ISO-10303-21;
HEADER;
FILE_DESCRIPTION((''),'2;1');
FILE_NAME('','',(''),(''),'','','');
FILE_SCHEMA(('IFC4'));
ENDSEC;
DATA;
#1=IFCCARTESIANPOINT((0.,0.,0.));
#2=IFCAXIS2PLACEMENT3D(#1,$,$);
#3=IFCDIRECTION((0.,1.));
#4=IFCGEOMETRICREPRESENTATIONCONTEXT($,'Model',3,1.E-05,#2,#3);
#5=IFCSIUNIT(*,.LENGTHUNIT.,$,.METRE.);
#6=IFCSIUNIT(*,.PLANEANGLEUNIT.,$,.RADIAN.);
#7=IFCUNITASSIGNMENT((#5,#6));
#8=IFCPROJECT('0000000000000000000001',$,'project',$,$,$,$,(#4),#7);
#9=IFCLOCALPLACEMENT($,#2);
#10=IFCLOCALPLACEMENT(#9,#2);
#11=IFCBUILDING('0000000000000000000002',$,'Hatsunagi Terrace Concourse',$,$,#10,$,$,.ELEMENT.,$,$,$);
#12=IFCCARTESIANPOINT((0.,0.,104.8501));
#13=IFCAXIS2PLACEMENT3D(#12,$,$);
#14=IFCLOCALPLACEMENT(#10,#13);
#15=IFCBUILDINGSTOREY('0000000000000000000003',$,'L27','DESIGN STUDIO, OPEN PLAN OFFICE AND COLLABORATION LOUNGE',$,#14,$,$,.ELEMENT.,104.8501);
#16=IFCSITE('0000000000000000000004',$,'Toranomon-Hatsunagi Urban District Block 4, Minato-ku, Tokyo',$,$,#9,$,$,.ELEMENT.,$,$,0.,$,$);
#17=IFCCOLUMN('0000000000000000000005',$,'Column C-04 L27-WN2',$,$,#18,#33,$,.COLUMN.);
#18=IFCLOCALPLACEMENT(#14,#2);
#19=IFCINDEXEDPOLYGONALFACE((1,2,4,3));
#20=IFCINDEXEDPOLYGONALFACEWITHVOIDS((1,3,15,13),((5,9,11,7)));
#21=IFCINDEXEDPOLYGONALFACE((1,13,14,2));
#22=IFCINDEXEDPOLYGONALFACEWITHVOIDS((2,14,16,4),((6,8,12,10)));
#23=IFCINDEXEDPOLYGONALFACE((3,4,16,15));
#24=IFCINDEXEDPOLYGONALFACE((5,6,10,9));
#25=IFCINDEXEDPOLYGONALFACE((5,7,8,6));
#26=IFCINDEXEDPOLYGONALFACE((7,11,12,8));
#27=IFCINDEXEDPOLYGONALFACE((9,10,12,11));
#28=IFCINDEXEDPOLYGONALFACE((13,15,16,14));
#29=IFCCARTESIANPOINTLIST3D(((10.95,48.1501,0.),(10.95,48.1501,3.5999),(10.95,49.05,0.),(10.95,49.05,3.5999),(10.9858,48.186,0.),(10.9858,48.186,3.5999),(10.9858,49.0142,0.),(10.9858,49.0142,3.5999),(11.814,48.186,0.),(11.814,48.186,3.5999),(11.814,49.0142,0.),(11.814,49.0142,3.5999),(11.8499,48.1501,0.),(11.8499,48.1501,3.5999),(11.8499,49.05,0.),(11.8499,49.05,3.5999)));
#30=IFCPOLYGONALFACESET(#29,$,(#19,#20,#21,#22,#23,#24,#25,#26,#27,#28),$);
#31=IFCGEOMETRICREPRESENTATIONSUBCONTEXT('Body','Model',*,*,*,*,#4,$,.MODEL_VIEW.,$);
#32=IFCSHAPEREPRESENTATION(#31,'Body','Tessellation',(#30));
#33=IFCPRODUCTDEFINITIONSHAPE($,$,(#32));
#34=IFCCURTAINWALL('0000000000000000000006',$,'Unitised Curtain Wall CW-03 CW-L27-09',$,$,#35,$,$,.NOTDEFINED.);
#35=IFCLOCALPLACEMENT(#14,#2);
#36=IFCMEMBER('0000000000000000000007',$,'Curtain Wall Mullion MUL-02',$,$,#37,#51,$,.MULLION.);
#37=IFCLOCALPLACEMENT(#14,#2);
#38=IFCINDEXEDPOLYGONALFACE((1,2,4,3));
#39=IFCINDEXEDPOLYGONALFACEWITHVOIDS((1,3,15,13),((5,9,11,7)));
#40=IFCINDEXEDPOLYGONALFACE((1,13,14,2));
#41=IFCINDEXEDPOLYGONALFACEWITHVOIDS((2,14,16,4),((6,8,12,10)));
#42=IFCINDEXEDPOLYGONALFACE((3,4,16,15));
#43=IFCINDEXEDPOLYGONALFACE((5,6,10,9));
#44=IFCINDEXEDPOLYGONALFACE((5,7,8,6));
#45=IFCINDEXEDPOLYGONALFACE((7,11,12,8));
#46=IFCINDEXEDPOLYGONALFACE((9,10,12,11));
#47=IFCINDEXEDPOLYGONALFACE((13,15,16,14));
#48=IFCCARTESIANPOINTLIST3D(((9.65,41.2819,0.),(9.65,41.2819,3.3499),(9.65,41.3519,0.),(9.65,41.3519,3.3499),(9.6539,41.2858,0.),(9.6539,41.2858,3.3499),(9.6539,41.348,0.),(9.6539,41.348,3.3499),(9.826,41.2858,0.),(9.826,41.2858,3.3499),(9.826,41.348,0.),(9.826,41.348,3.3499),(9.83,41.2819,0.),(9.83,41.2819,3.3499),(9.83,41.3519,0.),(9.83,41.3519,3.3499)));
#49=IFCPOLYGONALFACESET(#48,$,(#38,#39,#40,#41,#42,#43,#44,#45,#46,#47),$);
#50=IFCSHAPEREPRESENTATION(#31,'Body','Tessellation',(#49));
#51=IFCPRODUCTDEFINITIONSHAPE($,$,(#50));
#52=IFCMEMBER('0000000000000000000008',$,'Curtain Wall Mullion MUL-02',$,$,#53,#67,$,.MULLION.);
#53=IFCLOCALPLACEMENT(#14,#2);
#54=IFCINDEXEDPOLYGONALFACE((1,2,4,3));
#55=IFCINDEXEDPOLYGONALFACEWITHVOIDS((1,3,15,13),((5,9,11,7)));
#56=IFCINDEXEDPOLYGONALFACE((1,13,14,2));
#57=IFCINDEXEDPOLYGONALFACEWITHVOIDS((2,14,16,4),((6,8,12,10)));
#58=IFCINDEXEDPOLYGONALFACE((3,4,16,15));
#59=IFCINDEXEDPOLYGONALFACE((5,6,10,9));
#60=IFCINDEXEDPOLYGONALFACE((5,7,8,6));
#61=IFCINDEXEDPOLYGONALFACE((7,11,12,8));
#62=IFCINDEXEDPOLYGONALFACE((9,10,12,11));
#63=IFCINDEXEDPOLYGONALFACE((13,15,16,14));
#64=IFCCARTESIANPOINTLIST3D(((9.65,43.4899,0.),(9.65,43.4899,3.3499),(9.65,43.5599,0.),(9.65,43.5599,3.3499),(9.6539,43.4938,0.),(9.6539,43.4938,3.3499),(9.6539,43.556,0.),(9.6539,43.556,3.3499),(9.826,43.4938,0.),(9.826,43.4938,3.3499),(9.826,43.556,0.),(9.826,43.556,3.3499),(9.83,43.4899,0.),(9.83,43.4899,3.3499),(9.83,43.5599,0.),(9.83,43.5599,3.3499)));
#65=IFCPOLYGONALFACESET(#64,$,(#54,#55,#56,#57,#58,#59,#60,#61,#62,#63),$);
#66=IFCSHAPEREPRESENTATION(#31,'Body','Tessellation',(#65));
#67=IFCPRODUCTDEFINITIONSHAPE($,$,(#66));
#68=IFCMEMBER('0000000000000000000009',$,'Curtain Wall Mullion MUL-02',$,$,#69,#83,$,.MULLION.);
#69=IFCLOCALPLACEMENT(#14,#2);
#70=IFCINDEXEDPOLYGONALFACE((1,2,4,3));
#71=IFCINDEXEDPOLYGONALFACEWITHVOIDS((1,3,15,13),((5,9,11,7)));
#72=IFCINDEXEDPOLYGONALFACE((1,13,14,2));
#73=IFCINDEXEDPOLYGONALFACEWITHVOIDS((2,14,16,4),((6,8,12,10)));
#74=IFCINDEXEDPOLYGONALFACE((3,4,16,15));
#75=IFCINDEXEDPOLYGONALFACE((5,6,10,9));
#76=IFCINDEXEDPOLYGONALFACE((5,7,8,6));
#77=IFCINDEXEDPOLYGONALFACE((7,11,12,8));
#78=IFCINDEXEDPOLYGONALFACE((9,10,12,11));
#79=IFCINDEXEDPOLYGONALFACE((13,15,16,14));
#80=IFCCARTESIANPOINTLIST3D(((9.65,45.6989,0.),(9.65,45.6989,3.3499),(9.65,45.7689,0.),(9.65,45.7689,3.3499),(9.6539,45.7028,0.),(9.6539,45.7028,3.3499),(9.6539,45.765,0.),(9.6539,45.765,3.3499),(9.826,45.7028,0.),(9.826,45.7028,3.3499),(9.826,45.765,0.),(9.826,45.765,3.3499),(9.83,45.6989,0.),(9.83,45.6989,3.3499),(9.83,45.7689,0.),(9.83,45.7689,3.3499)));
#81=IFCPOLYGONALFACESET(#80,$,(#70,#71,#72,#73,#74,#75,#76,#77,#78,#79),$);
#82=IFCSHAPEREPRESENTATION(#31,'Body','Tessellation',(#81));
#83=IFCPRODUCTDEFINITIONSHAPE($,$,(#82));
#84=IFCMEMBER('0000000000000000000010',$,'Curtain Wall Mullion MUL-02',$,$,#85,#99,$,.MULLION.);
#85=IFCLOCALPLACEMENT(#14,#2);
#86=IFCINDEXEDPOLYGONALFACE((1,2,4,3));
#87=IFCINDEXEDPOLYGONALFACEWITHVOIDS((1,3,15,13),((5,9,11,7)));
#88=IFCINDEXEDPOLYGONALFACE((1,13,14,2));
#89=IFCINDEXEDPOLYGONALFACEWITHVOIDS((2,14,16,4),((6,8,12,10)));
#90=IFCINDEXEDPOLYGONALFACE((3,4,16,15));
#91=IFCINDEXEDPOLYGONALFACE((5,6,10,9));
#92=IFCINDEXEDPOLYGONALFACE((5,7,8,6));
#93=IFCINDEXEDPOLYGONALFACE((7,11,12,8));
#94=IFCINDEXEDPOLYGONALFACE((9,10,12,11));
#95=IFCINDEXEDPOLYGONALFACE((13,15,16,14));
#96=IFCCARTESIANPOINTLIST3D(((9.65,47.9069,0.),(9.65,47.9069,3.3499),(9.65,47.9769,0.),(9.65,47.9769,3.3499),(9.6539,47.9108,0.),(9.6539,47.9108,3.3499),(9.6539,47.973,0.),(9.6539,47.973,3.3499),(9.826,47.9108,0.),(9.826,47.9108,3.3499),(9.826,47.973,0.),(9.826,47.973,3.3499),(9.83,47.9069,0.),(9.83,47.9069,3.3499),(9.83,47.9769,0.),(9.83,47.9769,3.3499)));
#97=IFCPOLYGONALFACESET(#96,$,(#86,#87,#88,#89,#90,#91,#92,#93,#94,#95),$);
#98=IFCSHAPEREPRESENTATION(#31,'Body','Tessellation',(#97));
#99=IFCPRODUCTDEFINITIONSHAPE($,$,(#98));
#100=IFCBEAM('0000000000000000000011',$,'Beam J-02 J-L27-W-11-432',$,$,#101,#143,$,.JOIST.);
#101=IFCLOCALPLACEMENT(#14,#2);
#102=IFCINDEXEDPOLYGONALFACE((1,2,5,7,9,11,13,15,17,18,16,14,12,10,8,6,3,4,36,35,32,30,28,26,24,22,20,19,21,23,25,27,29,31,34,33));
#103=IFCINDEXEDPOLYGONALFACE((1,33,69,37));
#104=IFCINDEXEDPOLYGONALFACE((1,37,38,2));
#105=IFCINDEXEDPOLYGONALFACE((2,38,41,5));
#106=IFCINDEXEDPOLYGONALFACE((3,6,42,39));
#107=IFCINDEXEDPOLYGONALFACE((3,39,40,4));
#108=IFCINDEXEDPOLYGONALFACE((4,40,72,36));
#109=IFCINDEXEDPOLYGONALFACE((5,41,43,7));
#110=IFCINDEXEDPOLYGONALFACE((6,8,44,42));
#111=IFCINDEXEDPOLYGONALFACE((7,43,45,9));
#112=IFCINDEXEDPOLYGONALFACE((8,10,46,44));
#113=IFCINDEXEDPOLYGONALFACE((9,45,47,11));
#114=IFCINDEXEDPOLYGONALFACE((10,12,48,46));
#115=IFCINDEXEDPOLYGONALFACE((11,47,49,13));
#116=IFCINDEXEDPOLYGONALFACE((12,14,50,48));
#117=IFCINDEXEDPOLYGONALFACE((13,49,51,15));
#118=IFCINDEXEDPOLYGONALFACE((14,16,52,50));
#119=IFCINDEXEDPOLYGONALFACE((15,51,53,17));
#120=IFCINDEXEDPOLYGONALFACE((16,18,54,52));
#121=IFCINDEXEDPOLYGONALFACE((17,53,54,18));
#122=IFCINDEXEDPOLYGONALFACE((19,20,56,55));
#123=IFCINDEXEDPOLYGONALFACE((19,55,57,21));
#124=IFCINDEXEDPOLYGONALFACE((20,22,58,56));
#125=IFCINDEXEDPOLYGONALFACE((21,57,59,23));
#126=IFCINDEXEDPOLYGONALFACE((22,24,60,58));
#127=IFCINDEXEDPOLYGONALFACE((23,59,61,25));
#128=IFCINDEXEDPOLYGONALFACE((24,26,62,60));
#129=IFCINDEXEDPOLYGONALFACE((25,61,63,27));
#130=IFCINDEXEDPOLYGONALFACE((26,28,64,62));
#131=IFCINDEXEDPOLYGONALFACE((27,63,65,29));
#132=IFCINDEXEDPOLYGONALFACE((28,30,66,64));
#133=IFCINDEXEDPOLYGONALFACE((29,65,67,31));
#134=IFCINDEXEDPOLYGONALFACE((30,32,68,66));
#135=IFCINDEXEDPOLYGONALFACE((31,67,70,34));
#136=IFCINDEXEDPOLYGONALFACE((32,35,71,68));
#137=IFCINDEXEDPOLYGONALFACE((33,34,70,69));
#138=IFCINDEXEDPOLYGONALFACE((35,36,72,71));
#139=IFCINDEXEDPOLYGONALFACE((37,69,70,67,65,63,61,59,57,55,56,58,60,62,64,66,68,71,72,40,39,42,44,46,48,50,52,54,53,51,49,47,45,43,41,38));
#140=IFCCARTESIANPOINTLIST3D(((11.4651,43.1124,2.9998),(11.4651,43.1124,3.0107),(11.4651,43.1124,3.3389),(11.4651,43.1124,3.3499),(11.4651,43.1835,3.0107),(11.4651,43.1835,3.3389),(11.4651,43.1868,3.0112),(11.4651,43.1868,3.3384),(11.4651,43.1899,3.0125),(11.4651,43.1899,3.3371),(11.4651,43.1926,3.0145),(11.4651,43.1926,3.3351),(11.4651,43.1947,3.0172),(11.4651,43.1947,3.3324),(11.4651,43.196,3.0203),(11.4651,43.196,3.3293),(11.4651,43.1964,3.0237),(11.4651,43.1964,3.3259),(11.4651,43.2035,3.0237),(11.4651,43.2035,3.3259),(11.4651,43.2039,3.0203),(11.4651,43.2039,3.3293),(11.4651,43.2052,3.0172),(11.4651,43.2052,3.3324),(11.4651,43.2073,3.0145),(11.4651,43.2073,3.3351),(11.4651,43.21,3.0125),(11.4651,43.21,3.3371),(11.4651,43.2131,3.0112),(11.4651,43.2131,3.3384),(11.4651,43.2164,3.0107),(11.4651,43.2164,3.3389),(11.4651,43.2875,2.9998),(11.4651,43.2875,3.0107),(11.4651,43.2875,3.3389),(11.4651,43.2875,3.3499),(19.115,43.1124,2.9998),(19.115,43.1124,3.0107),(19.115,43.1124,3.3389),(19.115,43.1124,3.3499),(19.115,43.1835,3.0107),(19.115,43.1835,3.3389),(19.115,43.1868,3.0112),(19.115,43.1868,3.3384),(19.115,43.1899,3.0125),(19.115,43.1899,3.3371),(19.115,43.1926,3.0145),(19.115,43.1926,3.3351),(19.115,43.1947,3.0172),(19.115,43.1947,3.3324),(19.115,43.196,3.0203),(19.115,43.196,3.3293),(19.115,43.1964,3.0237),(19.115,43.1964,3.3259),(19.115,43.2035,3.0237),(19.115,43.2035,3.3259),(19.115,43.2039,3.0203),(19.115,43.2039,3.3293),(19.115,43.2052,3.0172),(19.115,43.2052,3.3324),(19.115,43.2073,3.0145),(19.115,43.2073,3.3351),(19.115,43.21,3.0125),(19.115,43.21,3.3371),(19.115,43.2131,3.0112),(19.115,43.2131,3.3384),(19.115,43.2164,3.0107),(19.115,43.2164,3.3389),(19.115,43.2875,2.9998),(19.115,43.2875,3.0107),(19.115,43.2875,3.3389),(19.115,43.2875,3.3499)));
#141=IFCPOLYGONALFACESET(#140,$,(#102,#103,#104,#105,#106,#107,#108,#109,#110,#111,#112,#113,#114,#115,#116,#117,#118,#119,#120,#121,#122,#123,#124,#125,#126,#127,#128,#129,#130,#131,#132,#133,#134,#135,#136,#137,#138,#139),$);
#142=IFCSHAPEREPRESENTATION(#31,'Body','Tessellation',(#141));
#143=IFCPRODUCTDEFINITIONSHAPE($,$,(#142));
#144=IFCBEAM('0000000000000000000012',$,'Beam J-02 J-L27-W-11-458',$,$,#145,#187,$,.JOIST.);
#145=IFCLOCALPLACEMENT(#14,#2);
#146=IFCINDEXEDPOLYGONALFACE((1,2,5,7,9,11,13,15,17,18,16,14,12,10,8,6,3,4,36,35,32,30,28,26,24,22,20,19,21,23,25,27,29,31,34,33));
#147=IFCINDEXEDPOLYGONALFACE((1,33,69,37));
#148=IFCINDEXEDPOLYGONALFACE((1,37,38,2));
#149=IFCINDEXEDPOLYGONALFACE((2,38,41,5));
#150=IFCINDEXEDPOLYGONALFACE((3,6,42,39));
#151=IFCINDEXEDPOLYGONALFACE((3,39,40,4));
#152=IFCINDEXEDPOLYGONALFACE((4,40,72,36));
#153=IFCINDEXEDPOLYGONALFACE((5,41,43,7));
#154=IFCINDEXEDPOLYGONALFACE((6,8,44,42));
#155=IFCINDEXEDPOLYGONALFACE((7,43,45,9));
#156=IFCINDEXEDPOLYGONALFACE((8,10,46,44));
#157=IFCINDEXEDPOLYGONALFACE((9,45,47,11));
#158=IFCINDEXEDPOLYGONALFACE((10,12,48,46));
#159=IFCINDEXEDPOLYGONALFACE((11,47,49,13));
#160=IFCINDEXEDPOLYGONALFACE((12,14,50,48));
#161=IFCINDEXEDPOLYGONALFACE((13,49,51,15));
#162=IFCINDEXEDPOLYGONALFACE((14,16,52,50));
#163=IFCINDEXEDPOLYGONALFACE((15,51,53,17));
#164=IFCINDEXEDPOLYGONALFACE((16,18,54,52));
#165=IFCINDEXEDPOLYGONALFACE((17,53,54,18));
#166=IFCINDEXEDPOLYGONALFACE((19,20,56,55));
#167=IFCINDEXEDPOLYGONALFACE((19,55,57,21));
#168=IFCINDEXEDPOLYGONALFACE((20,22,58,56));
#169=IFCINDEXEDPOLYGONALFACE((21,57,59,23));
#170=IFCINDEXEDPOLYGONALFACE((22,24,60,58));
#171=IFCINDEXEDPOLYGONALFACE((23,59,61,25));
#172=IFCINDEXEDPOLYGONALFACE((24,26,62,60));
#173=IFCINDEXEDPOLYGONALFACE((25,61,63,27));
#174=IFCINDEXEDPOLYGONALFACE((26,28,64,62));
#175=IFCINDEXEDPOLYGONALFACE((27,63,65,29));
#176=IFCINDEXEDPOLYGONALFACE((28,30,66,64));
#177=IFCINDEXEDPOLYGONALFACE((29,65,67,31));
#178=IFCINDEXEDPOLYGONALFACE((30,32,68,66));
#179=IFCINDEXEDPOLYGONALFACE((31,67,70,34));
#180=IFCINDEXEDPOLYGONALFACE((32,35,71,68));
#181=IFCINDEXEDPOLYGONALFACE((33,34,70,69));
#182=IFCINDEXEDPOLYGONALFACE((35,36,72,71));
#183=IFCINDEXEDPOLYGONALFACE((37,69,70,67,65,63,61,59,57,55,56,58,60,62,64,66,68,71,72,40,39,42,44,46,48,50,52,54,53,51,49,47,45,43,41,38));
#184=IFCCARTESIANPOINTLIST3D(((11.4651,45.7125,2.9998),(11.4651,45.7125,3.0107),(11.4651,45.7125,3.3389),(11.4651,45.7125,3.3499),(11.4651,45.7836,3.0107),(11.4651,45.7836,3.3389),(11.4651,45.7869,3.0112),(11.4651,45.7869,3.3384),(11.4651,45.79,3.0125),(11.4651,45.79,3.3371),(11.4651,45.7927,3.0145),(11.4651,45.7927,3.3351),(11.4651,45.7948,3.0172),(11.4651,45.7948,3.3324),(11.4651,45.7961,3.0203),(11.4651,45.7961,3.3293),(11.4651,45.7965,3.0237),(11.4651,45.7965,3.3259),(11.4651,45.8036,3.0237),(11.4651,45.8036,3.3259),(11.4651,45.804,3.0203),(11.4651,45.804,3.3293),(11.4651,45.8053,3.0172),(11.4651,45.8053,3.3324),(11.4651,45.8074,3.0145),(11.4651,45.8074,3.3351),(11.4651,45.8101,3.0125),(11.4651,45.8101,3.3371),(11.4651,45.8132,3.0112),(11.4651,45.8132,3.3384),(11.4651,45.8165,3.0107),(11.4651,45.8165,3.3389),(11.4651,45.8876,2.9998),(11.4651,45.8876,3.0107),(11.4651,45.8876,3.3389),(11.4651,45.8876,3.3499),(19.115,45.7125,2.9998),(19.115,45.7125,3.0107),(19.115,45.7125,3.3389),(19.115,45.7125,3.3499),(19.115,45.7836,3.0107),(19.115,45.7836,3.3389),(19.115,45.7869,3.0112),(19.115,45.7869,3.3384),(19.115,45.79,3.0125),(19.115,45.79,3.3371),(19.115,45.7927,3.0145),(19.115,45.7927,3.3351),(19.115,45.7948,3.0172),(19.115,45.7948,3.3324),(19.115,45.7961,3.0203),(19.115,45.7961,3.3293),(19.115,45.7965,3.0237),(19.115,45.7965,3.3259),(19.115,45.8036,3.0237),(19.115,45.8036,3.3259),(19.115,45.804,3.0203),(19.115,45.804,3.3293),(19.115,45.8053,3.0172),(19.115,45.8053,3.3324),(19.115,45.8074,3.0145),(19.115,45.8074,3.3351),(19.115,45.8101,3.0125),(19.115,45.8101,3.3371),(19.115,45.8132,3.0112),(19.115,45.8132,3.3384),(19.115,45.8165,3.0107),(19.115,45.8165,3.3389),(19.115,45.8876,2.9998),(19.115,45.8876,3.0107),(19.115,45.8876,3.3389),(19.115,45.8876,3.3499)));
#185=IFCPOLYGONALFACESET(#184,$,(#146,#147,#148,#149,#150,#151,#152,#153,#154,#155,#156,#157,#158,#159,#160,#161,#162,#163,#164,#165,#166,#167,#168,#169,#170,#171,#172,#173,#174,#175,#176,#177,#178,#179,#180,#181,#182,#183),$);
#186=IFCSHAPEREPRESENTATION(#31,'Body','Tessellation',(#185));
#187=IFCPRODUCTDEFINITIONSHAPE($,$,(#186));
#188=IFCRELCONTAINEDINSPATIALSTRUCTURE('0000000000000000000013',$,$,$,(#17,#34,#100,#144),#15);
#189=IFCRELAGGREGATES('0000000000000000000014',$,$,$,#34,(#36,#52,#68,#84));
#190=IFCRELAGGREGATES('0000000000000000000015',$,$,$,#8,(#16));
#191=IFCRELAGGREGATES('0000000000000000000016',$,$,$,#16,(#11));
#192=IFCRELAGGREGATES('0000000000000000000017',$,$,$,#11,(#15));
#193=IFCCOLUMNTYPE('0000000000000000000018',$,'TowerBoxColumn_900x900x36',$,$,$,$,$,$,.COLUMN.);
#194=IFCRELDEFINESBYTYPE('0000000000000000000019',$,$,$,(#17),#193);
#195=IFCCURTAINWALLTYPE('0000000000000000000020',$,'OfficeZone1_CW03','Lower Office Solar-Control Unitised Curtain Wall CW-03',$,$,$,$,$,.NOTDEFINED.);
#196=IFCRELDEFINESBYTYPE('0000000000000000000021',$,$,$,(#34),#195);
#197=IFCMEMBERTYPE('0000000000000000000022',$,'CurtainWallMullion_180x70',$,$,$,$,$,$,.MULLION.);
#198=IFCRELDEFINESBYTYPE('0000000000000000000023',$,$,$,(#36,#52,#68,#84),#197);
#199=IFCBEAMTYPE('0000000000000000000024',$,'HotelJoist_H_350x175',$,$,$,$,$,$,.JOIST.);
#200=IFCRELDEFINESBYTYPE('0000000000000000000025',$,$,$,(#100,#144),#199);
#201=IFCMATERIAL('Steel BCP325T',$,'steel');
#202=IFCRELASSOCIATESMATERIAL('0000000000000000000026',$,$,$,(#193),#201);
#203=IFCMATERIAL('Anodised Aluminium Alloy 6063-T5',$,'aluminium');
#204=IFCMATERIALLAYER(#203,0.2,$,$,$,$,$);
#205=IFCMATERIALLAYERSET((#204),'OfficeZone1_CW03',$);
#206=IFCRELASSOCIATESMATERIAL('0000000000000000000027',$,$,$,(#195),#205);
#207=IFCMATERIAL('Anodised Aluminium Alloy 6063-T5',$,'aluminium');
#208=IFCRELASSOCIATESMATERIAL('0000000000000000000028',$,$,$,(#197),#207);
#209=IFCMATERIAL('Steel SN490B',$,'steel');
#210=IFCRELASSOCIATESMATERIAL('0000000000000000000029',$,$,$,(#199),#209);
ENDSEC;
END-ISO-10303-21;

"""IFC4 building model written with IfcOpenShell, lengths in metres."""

from ifc_helpers import new_model, si_unit, direction, frame, origin, origin_2d, place, context, subcontext, project, spatial, hollow_rectangle, i_section, extrude, material, layer, layer_set, material_profile, profile_set, type_object, element, aggregate, save


model = new_model("IFC4")

# Units and contexts
model_context = context("Model", 3, precision=1e-05, world=origin(), true_north=direction((0.0, 1.0)))
body_context = subcontext(model_context, "Body", "Model", "MODEL_VIEW")
ifc_project = project(units=[si_unit("LENGTHUNIT", "METRE"), si_unit("PLANEANGLEUNIT", "RADIAN")], contexts=[model_context])

# Site, building, storey
site_placement = place(None, origin())
site = spatial("IfcSite", under=ifc_project, at=site_placement, Name="Toranomon-Hatsunagi Urban District Block 4, Minato-ku, Tokyo", CompositionType="ELEMENT", RefElevation=0.0)
building_placement = place(site_placement, origin())
building = spatial("IfcBuilding", under=site, at=building_placement, Name="Hatsunagi Terrace Concourse", CompositionType="ELEMENT")
storey_placement = place(building_placement, frame((0.0, 0.0, 104.8501)))
storey = spatial("IfcBuildingStorey", under=building, at=storey_placement, Name="L27", Description="DESIGN STUDIO, OPEN PLAN OFFICE AND COLLABORATION LOUNGE", CompositionType="ELEMENT", Elevation=104.8501)

# Column
ifc_material_1 = material(Name="Steel BCP325T", Category="steel")
ifc_material_profile_1 = material_profile(ifc_material_1, hollow_rectangle(XDim=0.8999, YDim=0.8999, WallThickness=0.0359, at=origin_2d()), Name="BCP-900x900x36")
ifc_profile_set_1 = profile_set([ifc_material_profile_1], Name="Steel BCP325T")
column_type = type_object("IfcColumnType", Name="TowerBoxColumn_900x900x36", PredefinedType="COLUMN", material=ifc_profile_set_1)
column_placement = place(storey_placement, frame((11.3999, 48.6001, 0.0), z_axis=(0.0, 0.0, 1.0), x_axis=(1.0, 0.0, 0.0)))
element("IfcColumn", 1, at=column_placement, inside=storey, type_object=column_type, Name="Column C-04 L27-WN2", PredefinedType="COLUMN", context=body_context, shape_type="SweptSolid", body=[
    extrude(hollow_rectangle(XDim=0.8999, YDim=0.8999, WallThickness=0.0359, at=origin_2d()), origin(), (0.0, 0.0, 1.0), 3.5999),
])

# Curtain wall, members
ifc_material_2 = material(Name="Anodised Aluminium Alloy 6063-T5", Category="aluminium")
ifc_layer_1 = layer(ifc_material_2, 0.2)
ifc_layer_set_1 = layer_set([ifc_layer_1], Name="OfficeZone1_CW03")
curtain_wall_type = type_object("IfcCurtainWallType", Name="OfficeZone1_CW03", Description="Lower Office Solar-Control Unitised Curtain Wall CW-03", PredefinedType="NOTDEFINED", material=ifc_layer_set_1)
curtain_wall_placement = place(storey_placement, origin())
curtain_wall = element("IfcCurtainWall", 2, at=curtain_wall_placement, inside=storey, type_object=curtain_wall_type, Name="Unitised Curtain Wall CW-03 CW-L27-09", PredefinedType="NOTDEFINED")
ifc_material_3 = material(Name="Anodised Aluminium Alloy 6063-T5", Category="aluminium")
ifc_material_profile_2 = material_profile(ifc_material_3, hollow_rectangle(XDim=0.0701, YDim=0.1799, WallThickness=0.0039, at=origin_2d()), Name="ALU-MUL-180x70x4")
ifc_profile_set_2 = profile_set([ifc_material_profile_2], Name="Anodised Aluminium Alloy 6063-T5")
member_type = type_object("IfcMemberType", Name="CurtainWallMullion_180x70", PredefinedType="MULLION", material=ifc_profile_set_2)
member_1_placement = place(storey_placement, frame((9.74, 41.3169, 0.0), z_axis=(0.0, 0.0, 1.0), x_axis=(0.0, 1.0, 0.0)))
member_1 = element("IfcMember", 3, at=member_1_placement, type_object=member_type, Name="Curtain Wall Mullion MUL-02", PredefinedType="MULLION", context=body_context, shape_type="SweptSolid", body=[
    extrude(hollow_rectangle(XDim=0.0701, YDim=0.1799, WallThickness=0.0039, at=origin_2d()), origin(), (0.0, 0.0, 1.0), 3.3499),
])
member_2_placement = place(storey_placement, frame((9.74, 43.5249, 0.0), z_axis=(0.0, 0.0, 1.0), x_axis=(0.0, 1.0, 0.0)))
member_2 = element("IfcMember", 4, at=member_2_placement, type_object=member_type, Name="Curtain Wall Mullion MUL-02", PredefinedType="MULLION", context=body_context, shape_type="SweptSolid", body=[
    extrude(hollow_rectangle(XDim=0.0701, YDim=0.1799, WallThickness=0.0039, at=origin_2d()), origin(), (0.0, 0.0, 1.0), 3.3499),
])
member_3_placement = place(storey_placement, frame((9.74, 45.7339, 0.0), z_axis=(0.0, 0.0, 1.0), x_axis=(0.0, 1.0, 0.0)))
member_3 = element("IfcMember", 5, at=member_3_placement, type_object=member_type, Name="Curtain Wall Mullion MUL-02", PredefinedType="MULLION", context=body_context, shape_type="SweptSolid", body=[
    extrude(hollow_rectangle(XDim=0.0701, YDim=0.1799, WallThickness=0.0039, at=origin_2d()), origin(), (0.0, 0.0, 1.0), 3.3499),
])
member_4_placement = place(storey_placement, frame((9.74, 47.9419, 0.0), z_axis=(0.0, 0.0, 1.0), x_axis=(0.0, 1.0, 0.0)))
member_4 = element("IfcMember", 6, at=member_4_placement, type_object=member_type, Name="Curtain Wall Mullion MUL-02", PredefinedType="MULLION", context=body_context, shape_type="SweptSolid", body=[
    extrude(hollow_rectangle(XDim=0.0701, YDim=0.1799, WallThickness=0.0039, at=origin_2d()), origin(), (0.0, 0.0, 1.0), 3.3499),
])

# Beams
ifc_material_4 = material(Name="Steel SN490B", Category="steel")
ifc_material_profile_3 = material_profile(ifc_material_4, i_section(OverallWidth=0.175, OverallDepth=0.3501, WebThickness=0.0071, FlangeThickness=0.011, FilletRadius=0.0129, at=origin_2d()), Name="H-350x175x7x11")
ifc_profile_set_3 = profile_set([ifc_material_profile_3], Name="Steel SN490B")
beam_type_1 = type_object("IfcBeamType", Name="HotelJoist_H_350x175", PredefinedType="JOIST", material=ifc_profile_set_3)
for number, where, z_axis, x_axis, name in (
    (7, (11.4651, 43.2, 3.1748), (1.0, 0.0, 0.0), (0.0, 1.0, 0.0), "Beam J-02 J-L27-W-11-432"),
    (8, (11.4651, 45.8, 3.1748), (1.0, 0.0, 0.0), (0.0, 1.0, 0.0), "Beam J-02 J-L27-W-11-458"),
):
    element("IfcBeam", number, at=place(storey_placement, frame(where, z_axis=z_axis, x_axis=x_axis)), inside=storey, type_object=beam_type_1, Name=name, PredefinedType="JOIST", context=body_context, shape_type="SweptSolid", body=[
        extrude(i_section(OverallWidth=0.175, OverallDepth=0.3501, WebThickness=0.0071, FlangeThickness=0.011, FilletRadius=0.0129, at=origin_2d()), origin(), (0.0, 0.0, 1.0), 7.6499),
    ])

aggregate(curtain_wall, [member_1, member_2, member_3, member_4])

save(model, "model.ifc")
